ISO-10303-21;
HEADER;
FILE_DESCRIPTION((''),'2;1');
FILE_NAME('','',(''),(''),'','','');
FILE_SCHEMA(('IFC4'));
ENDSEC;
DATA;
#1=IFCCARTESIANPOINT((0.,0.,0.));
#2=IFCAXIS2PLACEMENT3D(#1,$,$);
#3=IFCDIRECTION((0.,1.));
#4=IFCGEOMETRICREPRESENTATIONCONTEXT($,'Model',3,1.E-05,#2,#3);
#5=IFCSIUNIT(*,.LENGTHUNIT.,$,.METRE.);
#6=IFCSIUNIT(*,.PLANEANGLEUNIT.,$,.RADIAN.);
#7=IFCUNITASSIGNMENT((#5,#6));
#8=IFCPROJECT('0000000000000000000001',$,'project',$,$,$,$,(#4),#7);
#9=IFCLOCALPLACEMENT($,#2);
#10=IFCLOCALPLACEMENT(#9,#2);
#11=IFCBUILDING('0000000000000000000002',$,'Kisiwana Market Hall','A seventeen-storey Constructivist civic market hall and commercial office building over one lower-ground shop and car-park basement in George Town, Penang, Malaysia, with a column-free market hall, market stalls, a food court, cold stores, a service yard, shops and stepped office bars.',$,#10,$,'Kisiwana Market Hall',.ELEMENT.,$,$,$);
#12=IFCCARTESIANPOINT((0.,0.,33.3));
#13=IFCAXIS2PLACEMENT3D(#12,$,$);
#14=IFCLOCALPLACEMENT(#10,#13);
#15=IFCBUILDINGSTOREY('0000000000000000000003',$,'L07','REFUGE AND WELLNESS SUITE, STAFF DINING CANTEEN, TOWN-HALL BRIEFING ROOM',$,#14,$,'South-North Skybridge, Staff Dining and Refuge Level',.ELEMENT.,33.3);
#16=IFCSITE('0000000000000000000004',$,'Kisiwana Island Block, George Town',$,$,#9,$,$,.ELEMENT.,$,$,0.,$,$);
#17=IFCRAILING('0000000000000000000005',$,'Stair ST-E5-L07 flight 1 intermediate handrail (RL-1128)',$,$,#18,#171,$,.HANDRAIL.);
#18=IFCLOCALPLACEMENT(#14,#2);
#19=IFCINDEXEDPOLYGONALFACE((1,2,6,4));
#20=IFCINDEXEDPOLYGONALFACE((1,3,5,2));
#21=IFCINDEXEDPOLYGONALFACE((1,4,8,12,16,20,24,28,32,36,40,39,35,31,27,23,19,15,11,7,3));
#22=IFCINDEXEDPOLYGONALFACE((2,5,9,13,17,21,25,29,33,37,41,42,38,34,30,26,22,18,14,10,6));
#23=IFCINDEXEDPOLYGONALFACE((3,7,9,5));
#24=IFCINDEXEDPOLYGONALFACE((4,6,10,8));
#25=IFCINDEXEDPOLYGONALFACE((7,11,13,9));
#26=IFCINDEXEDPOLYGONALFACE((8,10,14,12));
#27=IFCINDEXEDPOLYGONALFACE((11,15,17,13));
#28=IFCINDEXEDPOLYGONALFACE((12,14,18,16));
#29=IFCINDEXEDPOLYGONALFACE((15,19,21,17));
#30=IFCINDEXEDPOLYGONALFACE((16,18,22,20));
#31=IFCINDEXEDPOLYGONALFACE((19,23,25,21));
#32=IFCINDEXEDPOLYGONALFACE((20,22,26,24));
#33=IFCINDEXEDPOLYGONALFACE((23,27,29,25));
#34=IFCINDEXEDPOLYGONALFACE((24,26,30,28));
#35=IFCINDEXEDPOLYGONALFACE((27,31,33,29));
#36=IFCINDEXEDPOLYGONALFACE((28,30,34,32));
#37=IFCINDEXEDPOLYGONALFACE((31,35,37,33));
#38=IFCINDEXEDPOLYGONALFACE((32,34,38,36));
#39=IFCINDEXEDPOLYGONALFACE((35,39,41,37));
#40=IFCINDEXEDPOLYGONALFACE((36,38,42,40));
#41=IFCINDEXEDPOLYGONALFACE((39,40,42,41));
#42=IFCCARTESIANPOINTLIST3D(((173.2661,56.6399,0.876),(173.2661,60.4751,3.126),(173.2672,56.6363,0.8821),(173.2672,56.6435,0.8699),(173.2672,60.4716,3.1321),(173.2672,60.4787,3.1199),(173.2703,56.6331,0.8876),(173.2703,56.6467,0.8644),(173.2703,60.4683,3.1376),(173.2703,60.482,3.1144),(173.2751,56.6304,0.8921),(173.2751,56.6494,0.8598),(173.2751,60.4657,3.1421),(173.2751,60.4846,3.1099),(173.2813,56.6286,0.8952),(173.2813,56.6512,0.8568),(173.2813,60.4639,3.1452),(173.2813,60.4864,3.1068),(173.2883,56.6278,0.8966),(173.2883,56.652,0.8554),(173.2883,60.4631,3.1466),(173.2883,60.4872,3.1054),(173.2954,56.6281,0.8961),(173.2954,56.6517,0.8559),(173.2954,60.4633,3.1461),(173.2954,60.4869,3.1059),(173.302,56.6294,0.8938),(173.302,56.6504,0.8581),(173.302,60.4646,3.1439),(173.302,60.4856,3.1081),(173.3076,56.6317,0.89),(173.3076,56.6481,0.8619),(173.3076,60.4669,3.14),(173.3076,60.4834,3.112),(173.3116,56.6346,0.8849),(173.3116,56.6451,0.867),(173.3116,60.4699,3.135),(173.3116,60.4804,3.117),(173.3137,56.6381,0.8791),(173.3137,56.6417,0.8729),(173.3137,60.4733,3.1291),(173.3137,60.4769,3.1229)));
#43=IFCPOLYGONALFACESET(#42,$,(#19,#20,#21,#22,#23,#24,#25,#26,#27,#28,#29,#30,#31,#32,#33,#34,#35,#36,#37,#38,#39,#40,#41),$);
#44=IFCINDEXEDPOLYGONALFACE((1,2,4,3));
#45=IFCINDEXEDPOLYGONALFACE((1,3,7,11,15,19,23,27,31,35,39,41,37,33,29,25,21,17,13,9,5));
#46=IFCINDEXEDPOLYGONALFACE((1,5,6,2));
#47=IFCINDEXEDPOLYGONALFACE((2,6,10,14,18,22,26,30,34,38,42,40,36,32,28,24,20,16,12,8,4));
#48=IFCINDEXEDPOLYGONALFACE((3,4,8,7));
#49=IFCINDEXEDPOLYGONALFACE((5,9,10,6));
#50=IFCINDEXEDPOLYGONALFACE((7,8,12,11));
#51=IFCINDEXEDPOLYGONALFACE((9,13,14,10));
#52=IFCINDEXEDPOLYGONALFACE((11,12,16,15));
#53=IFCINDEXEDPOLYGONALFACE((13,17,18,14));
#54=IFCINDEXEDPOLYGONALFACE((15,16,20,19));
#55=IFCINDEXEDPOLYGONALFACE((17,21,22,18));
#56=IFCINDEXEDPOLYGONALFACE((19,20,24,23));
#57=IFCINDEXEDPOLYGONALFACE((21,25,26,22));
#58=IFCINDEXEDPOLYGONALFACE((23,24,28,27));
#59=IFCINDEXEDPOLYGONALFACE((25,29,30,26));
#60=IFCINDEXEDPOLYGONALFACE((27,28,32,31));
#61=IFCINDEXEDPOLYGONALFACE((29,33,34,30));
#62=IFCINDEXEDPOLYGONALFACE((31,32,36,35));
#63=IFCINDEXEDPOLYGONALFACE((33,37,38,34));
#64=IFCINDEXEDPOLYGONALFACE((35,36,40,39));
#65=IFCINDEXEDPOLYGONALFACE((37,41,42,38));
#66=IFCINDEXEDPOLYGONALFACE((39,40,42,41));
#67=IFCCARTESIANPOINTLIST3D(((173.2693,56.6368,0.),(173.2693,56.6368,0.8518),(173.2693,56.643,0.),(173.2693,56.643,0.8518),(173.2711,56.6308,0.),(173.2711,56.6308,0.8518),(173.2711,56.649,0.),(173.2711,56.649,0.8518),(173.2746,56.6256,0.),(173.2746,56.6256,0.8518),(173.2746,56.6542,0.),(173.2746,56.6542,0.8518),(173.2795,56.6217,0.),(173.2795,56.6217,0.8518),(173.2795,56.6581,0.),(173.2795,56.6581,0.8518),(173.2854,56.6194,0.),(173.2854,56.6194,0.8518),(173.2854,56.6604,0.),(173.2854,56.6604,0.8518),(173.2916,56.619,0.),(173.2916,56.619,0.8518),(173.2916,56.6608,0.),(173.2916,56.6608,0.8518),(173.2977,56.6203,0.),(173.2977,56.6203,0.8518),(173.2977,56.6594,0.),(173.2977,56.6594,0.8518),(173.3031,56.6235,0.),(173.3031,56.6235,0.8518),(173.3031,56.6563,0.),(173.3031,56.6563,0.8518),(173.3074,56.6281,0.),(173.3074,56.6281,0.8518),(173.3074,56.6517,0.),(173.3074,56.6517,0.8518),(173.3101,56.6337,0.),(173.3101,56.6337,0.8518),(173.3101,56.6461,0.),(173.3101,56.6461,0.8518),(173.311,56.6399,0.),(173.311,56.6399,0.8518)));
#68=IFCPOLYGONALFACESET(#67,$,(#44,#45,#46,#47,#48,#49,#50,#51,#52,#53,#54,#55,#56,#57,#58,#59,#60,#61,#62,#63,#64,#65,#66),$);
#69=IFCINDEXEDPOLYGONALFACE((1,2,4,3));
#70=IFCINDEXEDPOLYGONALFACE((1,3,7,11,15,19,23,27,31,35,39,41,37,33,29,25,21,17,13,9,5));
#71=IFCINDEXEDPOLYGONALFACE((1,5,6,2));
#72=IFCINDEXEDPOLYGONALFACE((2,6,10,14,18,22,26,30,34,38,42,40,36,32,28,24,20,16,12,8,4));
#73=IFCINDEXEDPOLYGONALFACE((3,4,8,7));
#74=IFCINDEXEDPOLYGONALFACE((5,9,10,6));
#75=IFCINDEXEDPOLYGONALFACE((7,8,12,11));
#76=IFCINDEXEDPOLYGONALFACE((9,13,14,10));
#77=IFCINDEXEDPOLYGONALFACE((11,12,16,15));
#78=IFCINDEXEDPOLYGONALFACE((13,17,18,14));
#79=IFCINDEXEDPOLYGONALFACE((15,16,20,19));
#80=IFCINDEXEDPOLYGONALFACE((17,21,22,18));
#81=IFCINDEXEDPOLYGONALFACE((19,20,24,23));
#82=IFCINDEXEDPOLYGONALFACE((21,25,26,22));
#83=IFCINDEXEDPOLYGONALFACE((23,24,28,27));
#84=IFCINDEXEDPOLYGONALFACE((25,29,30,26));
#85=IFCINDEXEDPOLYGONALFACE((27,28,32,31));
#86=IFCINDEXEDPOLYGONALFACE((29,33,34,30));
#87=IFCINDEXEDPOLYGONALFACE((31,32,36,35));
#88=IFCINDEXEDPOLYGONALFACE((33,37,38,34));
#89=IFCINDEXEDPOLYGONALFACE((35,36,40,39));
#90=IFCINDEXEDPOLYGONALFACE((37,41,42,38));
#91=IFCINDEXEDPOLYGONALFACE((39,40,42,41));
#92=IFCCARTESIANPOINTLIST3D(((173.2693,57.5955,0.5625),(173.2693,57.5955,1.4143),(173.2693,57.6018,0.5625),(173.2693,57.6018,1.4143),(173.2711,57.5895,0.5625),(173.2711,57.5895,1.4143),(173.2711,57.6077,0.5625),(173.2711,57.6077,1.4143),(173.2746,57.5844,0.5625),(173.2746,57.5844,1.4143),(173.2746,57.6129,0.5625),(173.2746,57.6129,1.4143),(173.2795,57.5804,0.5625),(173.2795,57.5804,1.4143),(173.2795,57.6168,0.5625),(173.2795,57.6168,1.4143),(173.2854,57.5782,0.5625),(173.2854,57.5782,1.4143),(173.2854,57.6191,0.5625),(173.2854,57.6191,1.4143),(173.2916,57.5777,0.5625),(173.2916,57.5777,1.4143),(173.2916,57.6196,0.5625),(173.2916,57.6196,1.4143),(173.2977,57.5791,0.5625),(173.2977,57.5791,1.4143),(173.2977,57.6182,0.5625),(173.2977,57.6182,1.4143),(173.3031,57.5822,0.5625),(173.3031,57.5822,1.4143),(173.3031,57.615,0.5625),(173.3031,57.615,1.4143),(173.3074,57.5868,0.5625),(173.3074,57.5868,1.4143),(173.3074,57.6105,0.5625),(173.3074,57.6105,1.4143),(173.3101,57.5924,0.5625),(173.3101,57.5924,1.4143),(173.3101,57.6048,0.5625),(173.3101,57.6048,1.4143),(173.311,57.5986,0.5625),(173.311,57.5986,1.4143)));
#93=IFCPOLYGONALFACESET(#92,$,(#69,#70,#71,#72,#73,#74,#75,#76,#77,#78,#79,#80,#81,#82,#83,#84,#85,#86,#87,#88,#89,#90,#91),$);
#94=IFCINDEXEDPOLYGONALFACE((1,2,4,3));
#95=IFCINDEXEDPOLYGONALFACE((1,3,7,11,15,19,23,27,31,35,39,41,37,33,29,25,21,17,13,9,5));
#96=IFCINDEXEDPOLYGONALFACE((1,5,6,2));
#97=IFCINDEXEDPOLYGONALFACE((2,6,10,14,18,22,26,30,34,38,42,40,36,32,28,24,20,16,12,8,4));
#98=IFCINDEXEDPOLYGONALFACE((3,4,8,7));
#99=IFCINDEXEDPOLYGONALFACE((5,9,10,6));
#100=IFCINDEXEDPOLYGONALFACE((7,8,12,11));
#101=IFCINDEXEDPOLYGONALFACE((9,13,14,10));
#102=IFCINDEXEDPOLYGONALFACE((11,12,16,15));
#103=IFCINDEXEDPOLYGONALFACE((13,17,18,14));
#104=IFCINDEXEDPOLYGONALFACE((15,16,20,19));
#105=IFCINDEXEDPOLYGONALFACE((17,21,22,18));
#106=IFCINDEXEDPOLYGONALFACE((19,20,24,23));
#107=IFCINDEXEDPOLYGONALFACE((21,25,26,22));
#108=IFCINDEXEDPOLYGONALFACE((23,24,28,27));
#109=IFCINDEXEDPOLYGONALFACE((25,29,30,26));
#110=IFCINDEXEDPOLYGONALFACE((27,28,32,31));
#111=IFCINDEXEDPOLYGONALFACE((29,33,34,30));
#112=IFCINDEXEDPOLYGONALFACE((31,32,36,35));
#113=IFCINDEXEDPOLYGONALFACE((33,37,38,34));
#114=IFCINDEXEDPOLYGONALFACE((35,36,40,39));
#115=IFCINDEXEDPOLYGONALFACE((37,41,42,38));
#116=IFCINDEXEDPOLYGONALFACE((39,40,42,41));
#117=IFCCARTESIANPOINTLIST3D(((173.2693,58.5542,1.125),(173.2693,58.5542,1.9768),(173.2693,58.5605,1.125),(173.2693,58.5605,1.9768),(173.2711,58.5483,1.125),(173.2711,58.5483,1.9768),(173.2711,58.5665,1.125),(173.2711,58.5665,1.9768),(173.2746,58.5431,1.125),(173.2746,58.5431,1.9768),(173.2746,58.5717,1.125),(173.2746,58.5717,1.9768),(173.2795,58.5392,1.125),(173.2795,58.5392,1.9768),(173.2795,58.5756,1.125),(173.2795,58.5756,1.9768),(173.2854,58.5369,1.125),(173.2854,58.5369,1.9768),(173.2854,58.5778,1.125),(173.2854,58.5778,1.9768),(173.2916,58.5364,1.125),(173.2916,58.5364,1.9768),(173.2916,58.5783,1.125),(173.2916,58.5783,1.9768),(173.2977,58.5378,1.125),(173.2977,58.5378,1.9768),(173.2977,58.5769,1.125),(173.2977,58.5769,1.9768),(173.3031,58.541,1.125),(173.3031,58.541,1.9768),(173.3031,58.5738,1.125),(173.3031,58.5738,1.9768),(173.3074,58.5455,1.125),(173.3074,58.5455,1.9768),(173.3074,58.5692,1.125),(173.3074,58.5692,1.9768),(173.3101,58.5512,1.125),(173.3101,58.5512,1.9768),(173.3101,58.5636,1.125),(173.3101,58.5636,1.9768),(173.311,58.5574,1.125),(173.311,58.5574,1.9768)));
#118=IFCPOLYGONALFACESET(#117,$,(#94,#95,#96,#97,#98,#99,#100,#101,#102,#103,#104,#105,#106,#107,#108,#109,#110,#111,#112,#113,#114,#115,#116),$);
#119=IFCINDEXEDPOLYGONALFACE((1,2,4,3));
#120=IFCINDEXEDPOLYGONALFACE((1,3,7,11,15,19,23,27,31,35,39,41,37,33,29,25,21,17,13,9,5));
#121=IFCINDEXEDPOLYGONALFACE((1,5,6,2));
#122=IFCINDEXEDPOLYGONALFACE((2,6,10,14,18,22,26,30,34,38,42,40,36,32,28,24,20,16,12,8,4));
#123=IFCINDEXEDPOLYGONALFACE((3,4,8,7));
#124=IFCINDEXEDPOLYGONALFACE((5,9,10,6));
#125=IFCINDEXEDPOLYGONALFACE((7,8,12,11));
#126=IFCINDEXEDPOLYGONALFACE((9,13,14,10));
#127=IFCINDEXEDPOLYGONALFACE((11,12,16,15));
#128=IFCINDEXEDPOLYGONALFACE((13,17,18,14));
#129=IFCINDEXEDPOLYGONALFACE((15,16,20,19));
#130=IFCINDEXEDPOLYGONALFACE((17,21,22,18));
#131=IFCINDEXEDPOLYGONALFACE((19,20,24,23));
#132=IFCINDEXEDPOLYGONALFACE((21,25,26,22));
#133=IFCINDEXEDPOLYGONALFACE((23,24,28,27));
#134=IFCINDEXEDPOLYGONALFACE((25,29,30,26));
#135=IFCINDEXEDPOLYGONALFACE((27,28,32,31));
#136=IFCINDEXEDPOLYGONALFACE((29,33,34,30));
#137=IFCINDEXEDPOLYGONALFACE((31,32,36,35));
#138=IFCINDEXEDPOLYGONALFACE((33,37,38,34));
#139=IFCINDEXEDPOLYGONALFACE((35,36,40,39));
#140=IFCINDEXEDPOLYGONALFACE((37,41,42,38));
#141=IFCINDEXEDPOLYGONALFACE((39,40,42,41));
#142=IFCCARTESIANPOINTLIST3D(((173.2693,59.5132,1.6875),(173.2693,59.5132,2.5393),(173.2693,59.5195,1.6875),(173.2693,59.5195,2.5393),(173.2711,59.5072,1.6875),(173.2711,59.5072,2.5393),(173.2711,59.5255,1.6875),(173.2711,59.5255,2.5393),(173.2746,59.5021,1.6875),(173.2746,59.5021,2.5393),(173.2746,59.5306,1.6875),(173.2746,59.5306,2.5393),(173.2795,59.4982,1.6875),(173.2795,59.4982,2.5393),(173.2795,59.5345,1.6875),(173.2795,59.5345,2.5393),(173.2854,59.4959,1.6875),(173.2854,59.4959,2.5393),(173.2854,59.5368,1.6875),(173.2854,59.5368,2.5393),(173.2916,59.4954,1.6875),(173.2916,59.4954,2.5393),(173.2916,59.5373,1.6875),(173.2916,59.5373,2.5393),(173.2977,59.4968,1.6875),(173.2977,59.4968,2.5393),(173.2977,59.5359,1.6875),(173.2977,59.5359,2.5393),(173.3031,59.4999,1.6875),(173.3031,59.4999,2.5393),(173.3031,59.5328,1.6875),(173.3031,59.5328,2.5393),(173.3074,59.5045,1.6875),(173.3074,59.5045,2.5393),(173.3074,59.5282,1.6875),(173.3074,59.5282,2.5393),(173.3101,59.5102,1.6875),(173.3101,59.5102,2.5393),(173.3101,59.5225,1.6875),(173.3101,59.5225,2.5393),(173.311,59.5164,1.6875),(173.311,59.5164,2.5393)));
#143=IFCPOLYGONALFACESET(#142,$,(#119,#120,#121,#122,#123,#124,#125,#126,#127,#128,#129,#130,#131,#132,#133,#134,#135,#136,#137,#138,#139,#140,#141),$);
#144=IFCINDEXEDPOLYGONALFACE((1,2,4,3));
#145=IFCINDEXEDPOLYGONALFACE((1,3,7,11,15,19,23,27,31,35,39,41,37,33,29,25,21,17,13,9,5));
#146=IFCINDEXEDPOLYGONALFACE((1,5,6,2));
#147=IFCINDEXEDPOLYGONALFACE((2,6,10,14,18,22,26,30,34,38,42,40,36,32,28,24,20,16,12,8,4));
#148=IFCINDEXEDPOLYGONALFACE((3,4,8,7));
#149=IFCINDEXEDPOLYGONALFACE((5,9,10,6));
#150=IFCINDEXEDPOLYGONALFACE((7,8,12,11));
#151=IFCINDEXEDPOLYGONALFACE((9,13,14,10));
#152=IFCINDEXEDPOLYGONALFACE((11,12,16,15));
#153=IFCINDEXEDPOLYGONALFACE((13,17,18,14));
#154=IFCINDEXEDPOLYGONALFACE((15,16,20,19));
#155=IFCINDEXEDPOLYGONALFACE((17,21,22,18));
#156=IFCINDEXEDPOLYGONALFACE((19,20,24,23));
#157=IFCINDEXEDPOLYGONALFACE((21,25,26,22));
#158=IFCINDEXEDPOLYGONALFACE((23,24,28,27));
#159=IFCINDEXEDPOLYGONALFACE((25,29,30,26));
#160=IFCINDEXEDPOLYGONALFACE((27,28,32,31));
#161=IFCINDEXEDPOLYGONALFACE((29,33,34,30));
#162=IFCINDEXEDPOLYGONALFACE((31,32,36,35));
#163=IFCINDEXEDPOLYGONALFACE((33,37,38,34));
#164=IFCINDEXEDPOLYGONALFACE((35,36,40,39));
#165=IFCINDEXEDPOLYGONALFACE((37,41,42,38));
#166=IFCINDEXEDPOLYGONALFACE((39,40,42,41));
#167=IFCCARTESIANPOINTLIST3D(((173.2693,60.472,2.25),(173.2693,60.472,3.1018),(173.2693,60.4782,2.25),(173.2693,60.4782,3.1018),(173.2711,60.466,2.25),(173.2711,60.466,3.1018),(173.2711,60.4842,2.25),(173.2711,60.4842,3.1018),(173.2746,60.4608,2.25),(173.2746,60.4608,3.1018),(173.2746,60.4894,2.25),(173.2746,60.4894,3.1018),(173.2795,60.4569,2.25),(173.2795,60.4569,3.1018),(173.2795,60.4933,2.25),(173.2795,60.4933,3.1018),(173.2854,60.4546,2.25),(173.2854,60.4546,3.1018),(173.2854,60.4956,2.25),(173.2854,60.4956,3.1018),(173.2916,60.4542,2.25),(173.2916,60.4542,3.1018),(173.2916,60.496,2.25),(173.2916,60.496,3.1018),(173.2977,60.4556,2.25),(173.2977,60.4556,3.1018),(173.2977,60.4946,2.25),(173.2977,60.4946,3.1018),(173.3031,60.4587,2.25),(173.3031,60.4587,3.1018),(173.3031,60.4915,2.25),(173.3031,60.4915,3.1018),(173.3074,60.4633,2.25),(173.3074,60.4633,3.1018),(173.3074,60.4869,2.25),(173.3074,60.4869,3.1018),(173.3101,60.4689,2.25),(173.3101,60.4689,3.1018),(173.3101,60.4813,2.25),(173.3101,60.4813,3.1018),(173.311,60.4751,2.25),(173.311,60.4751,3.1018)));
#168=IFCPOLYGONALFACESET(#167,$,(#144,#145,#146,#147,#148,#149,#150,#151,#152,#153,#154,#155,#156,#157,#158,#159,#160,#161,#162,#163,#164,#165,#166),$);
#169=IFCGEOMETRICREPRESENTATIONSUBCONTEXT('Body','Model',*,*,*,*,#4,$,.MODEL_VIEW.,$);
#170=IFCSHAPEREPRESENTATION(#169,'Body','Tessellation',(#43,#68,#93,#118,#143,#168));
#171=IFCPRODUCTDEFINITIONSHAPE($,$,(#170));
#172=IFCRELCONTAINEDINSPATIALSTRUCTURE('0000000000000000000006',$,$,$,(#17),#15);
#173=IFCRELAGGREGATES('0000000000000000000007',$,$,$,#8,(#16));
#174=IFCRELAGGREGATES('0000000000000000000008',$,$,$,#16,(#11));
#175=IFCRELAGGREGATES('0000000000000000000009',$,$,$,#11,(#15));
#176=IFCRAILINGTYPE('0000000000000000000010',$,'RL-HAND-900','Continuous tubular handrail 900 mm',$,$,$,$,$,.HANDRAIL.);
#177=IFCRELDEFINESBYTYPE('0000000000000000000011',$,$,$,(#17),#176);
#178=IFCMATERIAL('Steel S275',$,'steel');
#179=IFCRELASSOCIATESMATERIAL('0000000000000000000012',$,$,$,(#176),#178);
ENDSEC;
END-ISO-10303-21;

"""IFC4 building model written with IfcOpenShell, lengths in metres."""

from ifc_helpers import new_model, si_unit, direction, frame, origin, origin_2d, place, context, subcontext, project, spatial, circle, extrude, material, type_object, element, save


model = new_model("IFC4")

# Units and contexts
model_context = context("Model", 3, precision=1e-05, world=origin(), true_north=direction((0.0, 1.0)))
body_context = subcontext(model_context, "Body", "Model", "MODEL_VIEW")
ifc_project = project(units=[si_unit("LENGTHUNIT", "METRE"), si_unit("PLANEANGLEUNIT", "RADIAN")], contexts=[model_context])

# Site, building, storey
site_placement = place(None, origin())
site = spatial("IfcSite", under=ifc_project, at=site_placement, Name="Kisiwana Island Block, George Town", CompositionType="ELEMENT", RefElevation=0.0)
building_placement = place(site_placement, origin())
building = spatial("IfcBuilding", under=site, at=building_placement, Name="Kisiwana Market Hall", Description="A seventeen-storey Constructivist civic market hall and commercial office building over one lower-ground shop and car-park basement in George Town, Penang, Malaysia, with a column-free market hall, market stalls, a food court, cold stores, a service yard, shops and stepped office bars.", LongName="Kisiwana Market Hall", CompositionType="ELEMENT")
storey_placement = place(building_placement, frame((0.0, 0.0, 33.3)))
storey = spatial("IfcBuildingStorey", under=building, at=storey_placement, Name="L07", Description="REFUGE AND WELLNESS SUITE, STAFF DINING CANTEEN, TOWN-HALL BRIEFING ROOM", LongName="South-North Skybridge, Staff Dining and Refuge Level", CompositionType="ELEMENT", Elevation=33.3)

# Railing
ifc_material_1 = material(Name="Steel S275", Category="steel")
railing_type_1 = type_object("IfcRailingType", Name="RL-HAND-900", Description="Continuous tubular handrail 900 mm", PredefinedType="HANDRAIL", material=ifc_material_1)
for number, where, name in (
    (1, (173.29, 56.6399, 0.0), "Stair ST-E5-L07 flight 1 intermediate handrail (RL-1128)"),
):
    element("IfcRailing", number, at=place(storey_placement, frame(where)), inside=storey, type_object=railing_type_1, Name=name, PredefinedType="HANDRAIL", context=body_context, shape_type="SweptSolid", body=[
        extrude(circle(Radius=0.0239, at=origin_2d()), frame((0.0, 0.0, 0.876), z_axis=(0.0, 0.862524, 0.506017), x_axis=(-1.0, 0.0, 0.0)), (0.0, 0.0, 1.0), 4.4465),
        extrude(circle(Radius=0.021, at=origin_2d()), origin(), (0.0, 0.0, 1.0), 0.8518),
        extrude(circle(Radius=0.021, at=origin_2d()), frame((0.0, 0.9587, 0.5625)), (0.0, 0.0, 1.0), 0.8518),
        extrude(circle(Radius=0.021, at=origin_2d()), frame((0.0, 1.9175, 1.125)), (0.0, 0.0, 1.0), 0.8518),
        extrude(circle(Radius=0.021, at=origin_2d()), frame((0.0, 2.8765, 1.6875)), (0.0, 0.0, 1.0), 0.8518),
        extrude(circle(Radius=0.021, at=origin_2d()), frame((0.0, 3.8352, 2.25)), (0.0, 0.0, 1.0), 0.8518),
    ])

save(model, "model.ifc")
